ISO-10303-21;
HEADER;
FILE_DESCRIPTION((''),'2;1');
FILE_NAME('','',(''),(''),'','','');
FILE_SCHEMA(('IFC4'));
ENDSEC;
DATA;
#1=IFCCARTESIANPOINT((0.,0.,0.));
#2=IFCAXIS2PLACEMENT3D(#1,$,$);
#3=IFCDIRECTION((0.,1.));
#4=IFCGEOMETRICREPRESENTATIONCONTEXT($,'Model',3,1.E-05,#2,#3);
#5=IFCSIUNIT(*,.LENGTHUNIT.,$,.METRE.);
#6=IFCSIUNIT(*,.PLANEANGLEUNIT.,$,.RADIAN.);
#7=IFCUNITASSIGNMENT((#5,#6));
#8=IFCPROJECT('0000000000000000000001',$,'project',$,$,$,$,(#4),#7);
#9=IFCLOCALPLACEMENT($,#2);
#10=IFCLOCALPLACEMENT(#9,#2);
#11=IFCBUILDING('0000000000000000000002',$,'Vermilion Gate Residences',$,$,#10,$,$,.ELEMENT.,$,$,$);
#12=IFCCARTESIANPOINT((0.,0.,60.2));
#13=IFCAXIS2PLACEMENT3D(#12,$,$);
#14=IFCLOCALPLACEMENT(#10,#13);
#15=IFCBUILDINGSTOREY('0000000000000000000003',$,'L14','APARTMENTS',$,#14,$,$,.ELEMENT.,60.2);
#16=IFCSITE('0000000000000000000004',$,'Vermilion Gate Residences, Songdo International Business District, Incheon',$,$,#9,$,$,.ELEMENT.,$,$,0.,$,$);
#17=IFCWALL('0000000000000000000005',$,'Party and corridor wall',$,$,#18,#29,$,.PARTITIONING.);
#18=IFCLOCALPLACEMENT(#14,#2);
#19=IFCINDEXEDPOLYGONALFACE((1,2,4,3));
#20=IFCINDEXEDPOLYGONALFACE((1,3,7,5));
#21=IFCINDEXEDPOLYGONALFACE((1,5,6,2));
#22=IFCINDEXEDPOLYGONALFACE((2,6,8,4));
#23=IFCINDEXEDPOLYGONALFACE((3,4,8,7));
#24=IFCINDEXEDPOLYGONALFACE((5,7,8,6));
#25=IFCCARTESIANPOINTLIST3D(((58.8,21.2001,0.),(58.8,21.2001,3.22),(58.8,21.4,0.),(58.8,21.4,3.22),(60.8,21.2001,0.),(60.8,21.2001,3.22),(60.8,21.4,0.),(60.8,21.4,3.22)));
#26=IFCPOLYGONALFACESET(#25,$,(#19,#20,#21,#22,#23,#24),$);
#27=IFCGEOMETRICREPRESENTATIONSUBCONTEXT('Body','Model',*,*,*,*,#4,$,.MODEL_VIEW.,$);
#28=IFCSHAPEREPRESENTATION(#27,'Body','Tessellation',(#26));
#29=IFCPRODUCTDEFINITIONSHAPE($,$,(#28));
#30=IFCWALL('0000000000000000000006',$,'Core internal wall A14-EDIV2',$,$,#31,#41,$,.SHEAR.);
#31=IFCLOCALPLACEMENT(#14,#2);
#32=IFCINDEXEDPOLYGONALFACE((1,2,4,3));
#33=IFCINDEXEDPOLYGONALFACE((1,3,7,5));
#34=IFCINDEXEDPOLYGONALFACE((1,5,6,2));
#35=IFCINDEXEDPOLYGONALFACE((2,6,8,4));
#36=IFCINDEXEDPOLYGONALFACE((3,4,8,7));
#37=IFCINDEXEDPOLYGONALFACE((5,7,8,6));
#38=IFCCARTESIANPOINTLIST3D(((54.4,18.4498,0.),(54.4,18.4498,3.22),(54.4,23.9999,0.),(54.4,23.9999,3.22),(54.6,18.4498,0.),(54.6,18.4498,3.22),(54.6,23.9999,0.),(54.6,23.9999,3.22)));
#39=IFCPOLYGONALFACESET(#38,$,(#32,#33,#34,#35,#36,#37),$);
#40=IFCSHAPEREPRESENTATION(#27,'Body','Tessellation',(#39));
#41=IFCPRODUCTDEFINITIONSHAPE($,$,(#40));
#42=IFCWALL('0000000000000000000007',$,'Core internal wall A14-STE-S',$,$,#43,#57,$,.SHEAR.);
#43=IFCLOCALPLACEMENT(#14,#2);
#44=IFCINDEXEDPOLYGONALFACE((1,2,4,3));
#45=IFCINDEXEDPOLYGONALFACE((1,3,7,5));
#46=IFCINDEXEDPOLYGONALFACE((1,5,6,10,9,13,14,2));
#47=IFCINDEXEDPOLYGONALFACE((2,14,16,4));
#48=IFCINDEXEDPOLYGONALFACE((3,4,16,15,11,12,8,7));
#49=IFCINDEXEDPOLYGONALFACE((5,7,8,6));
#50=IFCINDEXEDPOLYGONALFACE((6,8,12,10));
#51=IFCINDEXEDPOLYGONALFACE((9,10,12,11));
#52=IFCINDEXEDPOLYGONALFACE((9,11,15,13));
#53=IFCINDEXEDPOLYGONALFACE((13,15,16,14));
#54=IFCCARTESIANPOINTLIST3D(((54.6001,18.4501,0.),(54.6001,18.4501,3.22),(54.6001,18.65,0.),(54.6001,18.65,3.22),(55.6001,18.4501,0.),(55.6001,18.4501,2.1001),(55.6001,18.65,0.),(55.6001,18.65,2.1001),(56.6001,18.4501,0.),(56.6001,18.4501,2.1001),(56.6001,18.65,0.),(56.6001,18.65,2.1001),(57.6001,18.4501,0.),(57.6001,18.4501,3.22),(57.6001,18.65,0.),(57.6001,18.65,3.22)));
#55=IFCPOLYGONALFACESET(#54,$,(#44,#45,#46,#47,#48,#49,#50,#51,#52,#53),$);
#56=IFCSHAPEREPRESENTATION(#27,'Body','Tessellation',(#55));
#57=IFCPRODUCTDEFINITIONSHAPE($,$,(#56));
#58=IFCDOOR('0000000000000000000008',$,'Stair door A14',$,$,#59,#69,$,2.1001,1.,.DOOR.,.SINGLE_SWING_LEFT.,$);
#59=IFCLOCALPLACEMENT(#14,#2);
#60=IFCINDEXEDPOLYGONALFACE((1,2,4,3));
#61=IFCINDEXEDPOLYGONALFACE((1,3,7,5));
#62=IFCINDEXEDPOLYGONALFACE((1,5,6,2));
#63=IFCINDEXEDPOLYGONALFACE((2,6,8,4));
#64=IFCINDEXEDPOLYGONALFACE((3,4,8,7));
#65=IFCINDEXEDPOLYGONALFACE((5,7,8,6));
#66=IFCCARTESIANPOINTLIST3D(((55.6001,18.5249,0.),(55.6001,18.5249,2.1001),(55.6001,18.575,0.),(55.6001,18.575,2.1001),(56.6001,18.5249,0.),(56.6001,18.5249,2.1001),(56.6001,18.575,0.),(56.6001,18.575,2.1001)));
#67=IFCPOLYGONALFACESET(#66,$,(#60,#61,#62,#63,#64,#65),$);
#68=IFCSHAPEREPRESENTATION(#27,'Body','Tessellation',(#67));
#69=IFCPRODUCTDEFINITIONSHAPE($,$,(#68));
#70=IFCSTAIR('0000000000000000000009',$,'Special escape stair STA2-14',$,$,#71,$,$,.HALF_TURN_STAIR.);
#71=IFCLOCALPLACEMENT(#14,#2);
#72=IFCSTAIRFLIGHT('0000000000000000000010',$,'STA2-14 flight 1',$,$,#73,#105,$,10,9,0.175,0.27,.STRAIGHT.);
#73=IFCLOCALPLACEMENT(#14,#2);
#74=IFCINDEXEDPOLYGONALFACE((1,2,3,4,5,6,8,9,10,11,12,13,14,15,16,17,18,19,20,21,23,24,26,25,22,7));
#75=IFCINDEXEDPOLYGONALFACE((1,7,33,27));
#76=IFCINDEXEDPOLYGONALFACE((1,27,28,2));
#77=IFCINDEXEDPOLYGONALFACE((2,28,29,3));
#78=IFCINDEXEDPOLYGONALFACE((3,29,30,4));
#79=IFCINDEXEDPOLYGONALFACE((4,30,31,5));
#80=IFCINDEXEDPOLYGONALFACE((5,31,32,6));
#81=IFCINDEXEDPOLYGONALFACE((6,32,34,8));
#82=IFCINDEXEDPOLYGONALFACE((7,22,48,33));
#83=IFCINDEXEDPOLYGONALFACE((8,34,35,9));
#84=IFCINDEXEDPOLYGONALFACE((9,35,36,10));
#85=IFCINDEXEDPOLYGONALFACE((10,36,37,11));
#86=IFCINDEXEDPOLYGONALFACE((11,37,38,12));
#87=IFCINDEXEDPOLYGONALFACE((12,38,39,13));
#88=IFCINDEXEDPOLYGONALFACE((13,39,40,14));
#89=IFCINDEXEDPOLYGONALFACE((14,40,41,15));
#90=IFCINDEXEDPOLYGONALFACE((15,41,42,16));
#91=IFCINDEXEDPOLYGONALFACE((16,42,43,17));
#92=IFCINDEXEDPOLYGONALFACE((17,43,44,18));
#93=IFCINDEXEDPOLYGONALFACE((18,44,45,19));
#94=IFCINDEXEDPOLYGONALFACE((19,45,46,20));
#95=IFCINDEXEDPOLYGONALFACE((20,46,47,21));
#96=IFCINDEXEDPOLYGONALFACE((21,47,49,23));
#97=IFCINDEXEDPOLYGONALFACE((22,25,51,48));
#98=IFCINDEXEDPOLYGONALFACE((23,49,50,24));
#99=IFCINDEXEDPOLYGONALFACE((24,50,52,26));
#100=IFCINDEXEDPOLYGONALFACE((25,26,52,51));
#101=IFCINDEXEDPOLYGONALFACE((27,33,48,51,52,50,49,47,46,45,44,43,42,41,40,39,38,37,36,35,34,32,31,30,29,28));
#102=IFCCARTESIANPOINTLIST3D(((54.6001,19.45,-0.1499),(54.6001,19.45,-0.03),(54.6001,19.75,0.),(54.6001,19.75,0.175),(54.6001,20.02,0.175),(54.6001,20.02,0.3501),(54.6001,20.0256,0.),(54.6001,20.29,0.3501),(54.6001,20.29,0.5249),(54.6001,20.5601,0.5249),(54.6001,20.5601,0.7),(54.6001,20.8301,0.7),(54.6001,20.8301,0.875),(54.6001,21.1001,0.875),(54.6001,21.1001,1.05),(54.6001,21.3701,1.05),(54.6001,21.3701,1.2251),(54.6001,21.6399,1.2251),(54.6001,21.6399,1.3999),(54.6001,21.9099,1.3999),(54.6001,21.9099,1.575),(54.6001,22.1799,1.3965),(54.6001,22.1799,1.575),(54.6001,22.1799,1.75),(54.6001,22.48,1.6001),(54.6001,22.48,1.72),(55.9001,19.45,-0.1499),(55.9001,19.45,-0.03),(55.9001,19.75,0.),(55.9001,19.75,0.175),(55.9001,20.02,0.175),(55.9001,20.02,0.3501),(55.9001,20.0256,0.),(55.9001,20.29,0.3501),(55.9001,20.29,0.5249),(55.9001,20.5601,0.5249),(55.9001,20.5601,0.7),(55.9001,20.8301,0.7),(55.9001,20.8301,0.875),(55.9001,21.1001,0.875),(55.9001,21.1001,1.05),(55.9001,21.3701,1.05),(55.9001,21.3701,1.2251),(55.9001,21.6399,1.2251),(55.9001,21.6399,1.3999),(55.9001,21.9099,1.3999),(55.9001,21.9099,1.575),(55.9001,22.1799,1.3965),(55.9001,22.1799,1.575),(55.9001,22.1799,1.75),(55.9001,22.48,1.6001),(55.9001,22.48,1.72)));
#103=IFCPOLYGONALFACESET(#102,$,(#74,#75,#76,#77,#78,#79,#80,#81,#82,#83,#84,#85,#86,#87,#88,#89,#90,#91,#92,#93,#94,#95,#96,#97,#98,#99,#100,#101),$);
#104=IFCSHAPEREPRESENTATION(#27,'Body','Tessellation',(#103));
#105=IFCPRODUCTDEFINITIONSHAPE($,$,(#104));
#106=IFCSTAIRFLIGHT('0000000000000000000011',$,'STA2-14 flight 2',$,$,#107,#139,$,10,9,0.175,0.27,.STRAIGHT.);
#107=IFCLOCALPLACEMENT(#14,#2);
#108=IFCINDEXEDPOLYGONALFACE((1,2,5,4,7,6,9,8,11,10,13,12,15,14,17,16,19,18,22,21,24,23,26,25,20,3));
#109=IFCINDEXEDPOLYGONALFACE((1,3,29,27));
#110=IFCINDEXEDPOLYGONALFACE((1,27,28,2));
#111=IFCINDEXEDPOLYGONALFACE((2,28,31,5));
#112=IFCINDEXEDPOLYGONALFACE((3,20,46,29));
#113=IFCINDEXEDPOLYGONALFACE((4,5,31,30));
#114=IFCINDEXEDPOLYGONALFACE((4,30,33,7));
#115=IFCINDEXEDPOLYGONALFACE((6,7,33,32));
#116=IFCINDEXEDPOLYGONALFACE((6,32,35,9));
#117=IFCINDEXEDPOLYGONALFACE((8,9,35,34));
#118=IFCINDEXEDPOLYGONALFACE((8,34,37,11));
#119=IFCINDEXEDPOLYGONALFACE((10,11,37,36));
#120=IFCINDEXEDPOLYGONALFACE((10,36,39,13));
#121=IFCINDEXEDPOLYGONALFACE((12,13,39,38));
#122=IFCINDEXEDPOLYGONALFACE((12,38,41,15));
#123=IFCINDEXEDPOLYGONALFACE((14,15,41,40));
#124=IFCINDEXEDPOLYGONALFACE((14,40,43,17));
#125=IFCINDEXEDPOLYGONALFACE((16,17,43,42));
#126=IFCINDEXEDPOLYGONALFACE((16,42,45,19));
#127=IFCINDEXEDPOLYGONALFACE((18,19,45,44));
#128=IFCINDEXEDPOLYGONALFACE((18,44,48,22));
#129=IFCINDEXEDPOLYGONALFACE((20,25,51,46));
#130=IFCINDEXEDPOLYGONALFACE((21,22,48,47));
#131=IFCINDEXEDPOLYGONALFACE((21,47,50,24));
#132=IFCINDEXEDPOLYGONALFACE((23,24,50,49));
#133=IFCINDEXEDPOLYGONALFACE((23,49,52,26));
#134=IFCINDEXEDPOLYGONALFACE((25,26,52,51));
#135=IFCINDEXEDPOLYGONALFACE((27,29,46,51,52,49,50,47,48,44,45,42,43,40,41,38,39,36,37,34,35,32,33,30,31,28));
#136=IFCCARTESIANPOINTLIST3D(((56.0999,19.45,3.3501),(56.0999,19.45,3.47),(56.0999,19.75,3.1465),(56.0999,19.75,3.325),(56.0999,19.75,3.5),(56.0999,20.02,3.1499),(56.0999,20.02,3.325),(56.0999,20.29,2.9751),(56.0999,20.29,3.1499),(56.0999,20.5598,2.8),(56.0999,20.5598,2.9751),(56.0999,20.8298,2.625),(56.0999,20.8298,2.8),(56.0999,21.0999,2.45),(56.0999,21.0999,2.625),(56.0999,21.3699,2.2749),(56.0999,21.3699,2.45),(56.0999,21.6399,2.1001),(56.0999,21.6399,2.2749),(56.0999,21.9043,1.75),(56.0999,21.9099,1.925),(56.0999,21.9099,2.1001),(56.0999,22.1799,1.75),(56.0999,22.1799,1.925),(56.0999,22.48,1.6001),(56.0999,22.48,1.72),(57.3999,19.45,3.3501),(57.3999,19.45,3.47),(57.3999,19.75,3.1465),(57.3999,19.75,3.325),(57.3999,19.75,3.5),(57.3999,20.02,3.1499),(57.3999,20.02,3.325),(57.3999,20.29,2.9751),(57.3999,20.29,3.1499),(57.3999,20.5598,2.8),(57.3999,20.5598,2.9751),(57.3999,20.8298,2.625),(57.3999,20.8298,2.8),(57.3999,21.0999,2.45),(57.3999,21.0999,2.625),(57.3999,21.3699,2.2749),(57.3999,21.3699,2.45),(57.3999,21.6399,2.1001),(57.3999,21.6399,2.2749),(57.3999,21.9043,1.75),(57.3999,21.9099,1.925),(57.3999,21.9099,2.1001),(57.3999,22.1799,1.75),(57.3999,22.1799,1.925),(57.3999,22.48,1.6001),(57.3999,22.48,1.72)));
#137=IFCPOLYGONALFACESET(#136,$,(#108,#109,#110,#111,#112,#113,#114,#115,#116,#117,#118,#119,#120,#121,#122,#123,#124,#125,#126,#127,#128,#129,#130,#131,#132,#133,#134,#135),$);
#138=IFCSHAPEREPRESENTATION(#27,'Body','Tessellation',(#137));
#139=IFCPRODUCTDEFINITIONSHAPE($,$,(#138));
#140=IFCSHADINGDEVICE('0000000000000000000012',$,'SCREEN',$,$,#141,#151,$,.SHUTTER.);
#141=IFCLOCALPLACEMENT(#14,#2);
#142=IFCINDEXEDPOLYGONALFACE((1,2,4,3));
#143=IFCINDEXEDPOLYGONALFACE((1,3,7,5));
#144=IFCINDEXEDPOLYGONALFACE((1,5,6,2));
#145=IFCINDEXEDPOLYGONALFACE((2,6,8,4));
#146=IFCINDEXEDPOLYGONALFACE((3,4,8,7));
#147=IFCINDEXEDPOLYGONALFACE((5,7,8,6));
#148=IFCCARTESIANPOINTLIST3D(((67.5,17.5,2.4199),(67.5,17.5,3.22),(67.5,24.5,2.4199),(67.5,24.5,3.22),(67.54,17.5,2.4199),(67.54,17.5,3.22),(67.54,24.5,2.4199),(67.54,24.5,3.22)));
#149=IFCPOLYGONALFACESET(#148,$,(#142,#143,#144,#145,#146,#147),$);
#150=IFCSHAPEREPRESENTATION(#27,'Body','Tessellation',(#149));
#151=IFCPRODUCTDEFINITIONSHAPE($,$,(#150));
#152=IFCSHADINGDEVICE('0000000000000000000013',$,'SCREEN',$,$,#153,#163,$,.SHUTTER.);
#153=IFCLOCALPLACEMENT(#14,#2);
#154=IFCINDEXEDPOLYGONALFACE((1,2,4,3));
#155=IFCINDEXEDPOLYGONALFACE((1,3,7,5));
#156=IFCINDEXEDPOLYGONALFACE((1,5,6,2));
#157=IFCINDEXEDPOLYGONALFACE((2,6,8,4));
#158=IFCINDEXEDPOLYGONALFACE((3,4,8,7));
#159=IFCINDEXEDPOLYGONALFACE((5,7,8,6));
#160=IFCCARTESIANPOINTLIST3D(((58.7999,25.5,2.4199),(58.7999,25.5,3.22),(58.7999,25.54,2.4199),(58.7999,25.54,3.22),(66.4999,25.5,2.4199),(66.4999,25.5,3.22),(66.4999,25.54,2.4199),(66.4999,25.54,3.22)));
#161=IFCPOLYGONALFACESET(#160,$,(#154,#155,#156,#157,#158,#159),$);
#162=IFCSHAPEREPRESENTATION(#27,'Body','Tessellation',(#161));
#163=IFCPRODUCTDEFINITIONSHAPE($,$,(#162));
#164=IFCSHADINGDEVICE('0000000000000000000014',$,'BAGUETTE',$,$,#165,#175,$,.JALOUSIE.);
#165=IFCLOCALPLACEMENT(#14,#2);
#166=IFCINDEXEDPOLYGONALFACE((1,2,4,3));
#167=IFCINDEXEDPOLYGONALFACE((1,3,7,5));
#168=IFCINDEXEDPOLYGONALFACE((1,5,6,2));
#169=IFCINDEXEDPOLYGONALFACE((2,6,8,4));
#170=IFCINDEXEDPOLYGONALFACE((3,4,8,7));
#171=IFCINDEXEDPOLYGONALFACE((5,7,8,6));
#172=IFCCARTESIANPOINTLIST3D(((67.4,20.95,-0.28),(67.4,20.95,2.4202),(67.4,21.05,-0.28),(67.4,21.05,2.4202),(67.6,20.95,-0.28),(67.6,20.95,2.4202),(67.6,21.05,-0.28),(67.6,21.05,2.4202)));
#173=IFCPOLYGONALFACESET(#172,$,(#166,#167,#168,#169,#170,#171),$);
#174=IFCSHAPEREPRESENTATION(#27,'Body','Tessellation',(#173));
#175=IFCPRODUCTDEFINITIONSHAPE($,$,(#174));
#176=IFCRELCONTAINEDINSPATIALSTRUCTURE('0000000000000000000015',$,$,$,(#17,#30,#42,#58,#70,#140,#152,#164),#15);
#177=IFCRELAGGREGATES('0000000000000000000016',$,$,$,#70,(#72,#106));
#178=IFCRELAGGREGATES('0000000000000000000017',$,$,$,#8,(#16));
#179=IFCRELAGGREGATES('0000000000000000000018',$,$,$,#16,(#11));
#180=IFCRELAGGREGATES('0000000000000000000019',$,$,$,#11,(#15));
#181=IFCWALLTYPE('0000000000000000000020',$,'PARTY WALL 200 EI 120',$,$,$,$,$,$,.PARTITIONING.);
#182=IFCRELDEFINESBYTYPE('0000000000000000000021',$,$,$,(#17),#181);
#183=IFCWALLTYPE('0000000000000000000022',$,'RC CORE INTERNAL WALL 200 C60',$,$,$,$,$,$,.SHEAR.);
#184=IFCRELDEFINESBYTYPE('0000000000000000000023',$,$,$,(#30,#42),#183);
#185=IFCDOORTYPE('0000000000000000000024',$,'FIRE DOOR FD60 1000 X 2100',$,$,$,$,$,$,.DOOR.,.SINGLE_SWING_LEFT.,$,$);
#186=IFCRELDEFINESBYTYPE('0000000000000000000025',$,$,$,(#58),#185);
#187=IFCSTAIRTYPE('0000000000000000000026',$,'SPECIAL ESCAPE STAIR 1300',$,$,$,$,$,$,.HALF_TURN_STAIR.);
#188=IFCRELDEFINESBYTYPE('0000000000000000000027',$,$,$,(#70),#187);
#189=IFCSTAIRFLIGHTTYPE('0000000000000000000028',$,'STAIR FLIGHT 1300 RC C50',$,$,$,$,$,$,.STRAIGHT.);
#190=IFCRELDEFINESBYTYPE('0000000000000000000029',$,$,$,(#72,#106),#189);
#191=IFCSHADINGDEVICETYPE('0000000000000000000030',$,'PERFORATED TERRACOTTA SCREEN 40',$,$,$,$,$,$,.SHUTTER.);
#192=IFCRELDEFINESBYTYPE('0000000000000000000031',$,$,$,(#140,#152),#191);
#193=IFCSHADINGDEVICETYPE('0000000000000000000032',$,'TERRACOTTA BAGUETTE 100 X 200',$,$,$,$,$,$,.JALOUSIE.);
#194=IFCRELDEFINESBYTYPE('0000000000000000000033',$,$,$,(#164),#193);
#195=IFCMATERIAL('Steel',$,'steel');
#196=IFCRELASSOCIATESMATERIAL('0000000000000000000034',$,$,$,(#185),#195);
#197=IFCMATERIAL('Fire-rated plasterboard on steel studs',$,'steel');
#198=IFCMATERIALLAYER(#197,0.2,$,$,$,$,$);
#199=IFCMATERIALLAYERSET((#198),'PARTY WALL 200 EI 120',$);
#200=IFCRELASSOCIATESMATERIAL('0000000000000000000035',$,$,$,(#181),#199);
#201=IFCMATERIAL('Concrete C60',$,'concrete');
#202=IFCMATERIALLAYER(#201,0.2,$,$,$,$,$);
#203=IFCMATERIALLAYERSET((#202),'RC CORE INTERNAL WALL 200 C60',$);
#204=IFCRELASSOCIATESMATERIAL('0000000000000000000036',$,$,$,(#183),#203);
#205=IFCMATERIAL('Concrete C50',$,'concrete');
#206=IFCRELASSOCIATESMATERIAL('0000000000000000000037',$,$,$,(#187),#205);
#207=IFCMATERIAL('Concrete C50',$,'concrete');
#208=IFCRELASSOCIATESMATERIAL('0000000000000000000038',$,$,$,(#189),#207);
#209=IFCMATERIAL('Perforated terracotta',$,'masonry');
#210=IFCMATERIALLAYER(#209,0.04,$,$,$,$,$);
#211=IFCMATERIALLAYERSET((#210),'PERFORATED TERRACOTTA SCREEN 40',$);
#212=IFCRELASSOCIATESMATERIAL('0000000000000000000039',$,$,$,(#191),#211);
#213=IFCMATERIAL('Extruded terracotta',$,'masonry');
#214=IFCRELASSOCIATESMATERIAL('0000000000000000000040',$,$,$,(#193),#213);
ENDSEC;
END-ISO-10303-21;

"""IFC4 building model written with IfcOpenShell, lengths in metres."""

from ifc_helpers import new_model, si_unit, direction, frame, frame_2d, origin, origin_2d, place, context, subcontext, project, spatial, polyline, rectangle, outline, extrude, material, layer, layer_set, material_profile, profile_set, type_object, element, fill, aggregate, save


model = new_model("IFC4")

# Units and contexts
model_context = context("Model", 3, precision=1e-05, world=origin(), true_north=direction((0.0, 1.0)))
body_context = subcontext(model_context, "Body", "Model", "MODEL_VIEW")
ifc_project = project(units=[si_unit("LENGTHUNIT", "METRE"), si_unit("PLANEANGLEUNIT", "RADIAN")], contexts=[model_context])

# Site, building, storey
site_placement = place(None, origin())
site = spatial("IfcSite", under=ifc_project, at=site_placement, Name="Vermilion Gate Residences, Songdo International Business District, Incheon", CompositionType="ELEMENT", RefElevation=0.0)
building_placement = place(site_placement, origin())
building = spatial("IfcBuilding", under=site, at=building_placement, Name="Vermilion Gate Residences", CompositionType="ELEMENT")
storey_placement = place(building_placement, frame((0.0, 0.0, 60.2)))
storey = spatial("IfcBuildingStorey", under=building, at=storey_placement, Name="L14", Description="APARTMENTS", CompositionType="ELEMENT", Elevation=60.2)

# Shared definitions
ifc_material_1 = material(Name="Steel", Category="steel")
door_type = type_object("IfcDoorType", Name="FIRE DOOR FD60 1000 X 2100", OperationType="SINGLE_SWING_LEFT", PredefinedType="DOOR", material=ifc_material_1)

# Walls
ifc_material_2 = material(Name="Fire-rated plasterboard on steel studs", Category="steel")
ifc_layer_1 = layer(ifc_material_2, 0.2)
ifc_layer_set_1 = layer_set([ifc_layer_1], Name="PARTY WALL 200 EI 120")
wall_type_1 = type_object("IfcWallType", Name="PARTY WALL 200 EI 120", PredefinedType="PARTITIONING", material=ifc_layer_set_1)
wall_1_placement = place(storey_placement, frame((58.8, 21.3, 0.0), z_axis=(0.0, 0.0, 1.0), x_axis=(1.0, 0.0, 0.0)))
element("IfcWall", 1, at=wall_1_placement, inside=storey, type_object=wall_type_1, Name="Party and corridor wall", PredefinedType="PARTITIONING", context=body_context, shape_type="SweptSolid", body=[
    extrude(rectangle(XDim=2.0, YDim=0.2, at=frame_2d((1.0, 0.0))), origin(), (0.0, 0.0, 1.0), 3.22),
])
ifc_material_3 = material(Name="Concrete C60", Category="concrete")
ifc_layer_2 = layer(ifc_material_3, 0.2)
ifc_layer_set_2 = layer_set([ifc_layer_2], Name="RC CORE INTERNAL WALL 200 C60")
wall_type_2 = type_object("IfcWallType", Name="RC CORE INTERNAL WALL 200 C60", PredefinedType="SHEAR", material=ifc_layer_set_2)
wall_2_placement = place(storey_placement, frame((54.5, 18.45, 0.0), z_axis=(0.0, 0.0, 1.0), x_axis=(0.0, 1.0, 0.0)))
element("IfcWall", 2, at=wall_2_placement, inside=storey, type_object=wall_type_2, Name="Core internal wall A14-EDIV2", PredefinedType="SHEAR", context=body_context, shape_type="SweptSolid", body=[
    extrude(rectangle(XDim=5.55, YDim=0.2, at=frame_2d((2.7749, 0.0))), origin(), (0.0, 0.0, 1.0), 3.22),
])

# Wall, opening, door
wall_3_placement = place(storey_placement, frame((54.6001, 18.55, 0.0), z_axis=(0.0, 0.0, 1.0), x_axis=(1.0, 0.0, 0.0)))
wall_3 = element("IfcWall", 3, at=wall_3_placement, inside=storey, type_object=wall_type_2, Name="Core internal wall A14-STE-S", PredefinedType="SHEAR", context=body_context, shape_type="SweptSolid", body=[
    extrude(rectangle(XDim=3.0, YDim=0.2, at=frame_2d((1.5, 0.0))), origin(), (0.0, 0.0, 1.0), 3.22),
])
opening_1_placement = place(wall_3_placement, frame((1.0, 0.0, 0.0)))
opening_1 = element("IfcOpeningElement", 4, at=opening_1_placement, cuts=wall_3, PredefinedType="OPENING", context=body_context, shape_type="SweptSolid", body=[
    extrude(rectangle(XDim=1.0, YDim=2.1001, at=frame_2d((0.5, 1.05))), frame((0.0, 0.1099, 0.0), z_axis=(0.0, -1.0, 0.0), x_axis=(1.0, 0.0, 0.0)), (0.0, 0.0, 1.0), 0.22),
])
door_1_placement = place(opening_1_placement, origin())
door_1 = element("IfcDoor", 5, at=door_1_placement, inside=storey, type_object=door_type, Name="Stair door A14", OperationType="SINGLE_SWING_LEFT", OverallHeight=2.1001, OverallWidth=1.0, PredefinedType="DOOR", context=body_context, shape_type="SweptSolid", body=[
    extrude(rectangle(XDim=1.0, YDim=2.1001, at=frame_2d((0.5, 1.05))), frame((0.0, 0.0249, 0.0), z_axis=(0.0, -1.0, 0.0), x_axis=(1.0, 0.0, 0.0)), (0.0, 0.0, 1.0), 0.05),
])
fill(opening_1, door_1)

# Stair, stair flights
ifc_material_4 = material(Name="Concrete C50", Category="concrete")
stair_type = type_object("IfcStairType", Name="SPECIAL ESCAPE STAIR 1300", PredefinedType="HALF_TURN_STAIR", material=ifc_material_4)
stair_placement = place(storey_placement, origin())
stair = element("IfcStair", 6, at=stair_placement, inside=storey, type_object=stair_type, Name="Special escape stair STA2-14", PredefinedType="HALF_TURN_STAIR")
ifc_material_5 = material(Name="Concrete C50", Category="concrete")
stair_flight_type = type_object("IfcStairFlightType", Name="STAIR FLIGHT 1300 RC C50", PredefinedType="STRAIGHT", material=ifc_material_5)
stair_flight_1_placement = place(storey_placement, frame((55.25, 19.75, 0.0), z_axis=(0.0, 0.0, 1.0), x_axis=(0.0, 1.0, 0.0)))
stair_flight_1 = element("IfcStairFlight", 7, at=stair_flight_1_placement, type_object=stair_flight_type, Name="STA2-14 flight 1", NumberOfRisers=10, NumberOfTreads=9, PredefinedType="STRAIGHT", RiserHeight=0.175, TreadLength=0.27, context=body_context, shape_type="SweptSolid", body=[
    extrude(outline(polyline([(-0.3, -0.1499), (-0.3, -0.03), (0.0, 0.0), (0.0, 0.175), (0.27, 0.175), (0.27, 0.3501), (0.54, 0.3501), (0.54, 0.5249), (0.8101, 0.5249), (0.8101, 0.7), (1.0801, 0.7), (1.0801, 0.875), (1.3501, 0.875), (1.3501, 1.05), (1.6201, 1.05), (1.6201, 1.2251), (1.8899, 1.2251), (1.8899, 1.3999), (2.1599, 1.3999), (2.1599, 1.575), (2.4299, 1.575), (2.4299, 1.75), (2.73, 1.72), (2.73, 1.6001), (2.4299, 1.3965), (0.2756, 0.0), (-0.3, -0.1499)])), frame((0.0, 0.6499, 0.0), z_axis=(0.0, -1.0, 0.0), x_axis=(1.0, 0.0, 0.0)), (0.0, 0.0, 1.0), 1.3),
])
stair_flight_2_placement = place(storey_placement, frame((56.75, 22.1799, 1.75), z_axis=(0.0, 0.0, 1.0), x_axis=(0.0, -1.0, 0.0)))
stair_flight_2 = element("IfcStairFlight", 8, at=stair_flight_2_placement, type_object=stair_flight_type, Name="STA2-14 flight 2", NumberOfRisers=10, NumberOfTreads=9, PredefinedType="STRAIGHT", RiserHeight=0.175, TreadLength=0.27, context=body_context, shape_type="SweptSolid", body=[
    extrude(outline(polyline([(-0.3, -0.1499), (-0.3, -0.03), (0.0, 0.0), (0.0, 0.175), (0.27, 0.175), (0.27, 0.3501), (0.54, 0.3501), (0.54, 0.5249), (0.8101, 0.5249), (0.8101, 0.7), (1.0801, 0.7), (1.0801, 0.875), (1.3501, 0.875), (1.3501, 1.05), (1.6201, 1.05), (1.6201, 1.2251), (1.8899, 1.2251), (1.8899, 1.3999), (2.1599, 1.3999), (2.1599, 1.575), (2.4299, 1.575), (2.4299, 1.75), (2.73, 1.72), (2.73, 1.6001), (2.4299, 1.3965), (0.2756, 0.0), (-0.3, -0.1499)])), frame((0.0, 0.6499, 0.0), z_axis=(0.0, -1.0, 0.0), x_axis=(1.0, 0.0, 0.0)), (0.0, 0.0, 1.0), 1.3),
])
aggregate(stair, [stair_flight_1, stair_flight_2])

# Shading devices
ifc_material_6 = material(Name="Perforated terracotta", Category="masonry")
ifc_layer_3 = layer(ifc_material_6, 0.04)
ifc_layer_set_3 = layer_set([ifc_layer_3], Name="PERFORATED TERRACOTTA SCREEN 40")
shading_device_type_1 = type_object("IfcShadingDeviceType", Name="PERFORATED TERRACOTTA SCREEN 40", PredefinedType="SHUTTER", material=ifc_layer_set_3)
shading_device_1_placement = place(storey_placement, frame((67.52, 21.0, 2.4199), z_axis=(0.0, 0.0, 1.0), x_axis=(0.0, 1.0, 0.0)))
element("IfcShadingDevice", 9, at=shading_device_1_placement, inside=storey, type_object=shading_device_type_1, Name="SCREEN", PredefinedType="SHUTTER", context=body_context, shape_type="SweptSolid", body=[
    extrude(rectangle(XDim=7.0, YDim=0.04, at=origin_2d()), origin(), (0.0, 0.0, 1.0), 0.8),
])
shading_device_2_placement = place(storey_placement, frame((62.6499, 25.52, 2.4199), z_axis=(0.0, 0.0, 1.0), x_axis=(-1.0, 0.0, 0.0)))
element("IfcShadingDevice", 10, at=shading_device_2_placement, inside=storey, type_object=shading_device_type_1, Name="SCREEN", PredefinedType="SHUTTER", context=body_context, shape_type="SweptSolid", body=[
    extrude(rectangle(XDim=7.7, YDim=0.04, at=origin_2d()), origin(), (0.0, 0.0, 1.0), 0.8),
])

# Shading device
ifc_material_7 = material(Name="Extruded terracotta", Category="masonry")
ifc_material_profile_1 = material_profile(ifc_material_7, rectangle(XDim=0.2, YDim=0.1001, at=origin_2d()), Name="BAGUETTE 100 X 200")
ifc_profile_set_1 = profile_set([ifc_material_profile_1], Name="Extruded terracotta")
shading_device_type_2 = type_object("IfcShadingDeviceType", Name="TERRACOTTA BAGUETTE 100 X 200", PredefinedType="JALOUSIE", material=ifc_profile_set_1)
for number, where, z_axis, x_axis, name in (
    (11, (67.5, 21.0, -0.28), (0.0, 0.0, 1.0), (-1.0, 0.0, 0.0), "BAGUETTE"),
):
    element("IfcShadingDevice", number, at=place(storey_placement, frame(where, z_axis=z_axis, x_axis=x_axis)), inside=storey, type_object=shading_device_type_2, Name=name, PredefinedType="JALOUSIE", context=body_context, shape_type="SweptSolid", body=[
        extrude(rectangle(XDim=0.2, YDim=0.1001, at=origin_2d()), origin(), (0.0, 0.0, 1.0), 2.7002),
    ])

save(model, "model.ifc")
